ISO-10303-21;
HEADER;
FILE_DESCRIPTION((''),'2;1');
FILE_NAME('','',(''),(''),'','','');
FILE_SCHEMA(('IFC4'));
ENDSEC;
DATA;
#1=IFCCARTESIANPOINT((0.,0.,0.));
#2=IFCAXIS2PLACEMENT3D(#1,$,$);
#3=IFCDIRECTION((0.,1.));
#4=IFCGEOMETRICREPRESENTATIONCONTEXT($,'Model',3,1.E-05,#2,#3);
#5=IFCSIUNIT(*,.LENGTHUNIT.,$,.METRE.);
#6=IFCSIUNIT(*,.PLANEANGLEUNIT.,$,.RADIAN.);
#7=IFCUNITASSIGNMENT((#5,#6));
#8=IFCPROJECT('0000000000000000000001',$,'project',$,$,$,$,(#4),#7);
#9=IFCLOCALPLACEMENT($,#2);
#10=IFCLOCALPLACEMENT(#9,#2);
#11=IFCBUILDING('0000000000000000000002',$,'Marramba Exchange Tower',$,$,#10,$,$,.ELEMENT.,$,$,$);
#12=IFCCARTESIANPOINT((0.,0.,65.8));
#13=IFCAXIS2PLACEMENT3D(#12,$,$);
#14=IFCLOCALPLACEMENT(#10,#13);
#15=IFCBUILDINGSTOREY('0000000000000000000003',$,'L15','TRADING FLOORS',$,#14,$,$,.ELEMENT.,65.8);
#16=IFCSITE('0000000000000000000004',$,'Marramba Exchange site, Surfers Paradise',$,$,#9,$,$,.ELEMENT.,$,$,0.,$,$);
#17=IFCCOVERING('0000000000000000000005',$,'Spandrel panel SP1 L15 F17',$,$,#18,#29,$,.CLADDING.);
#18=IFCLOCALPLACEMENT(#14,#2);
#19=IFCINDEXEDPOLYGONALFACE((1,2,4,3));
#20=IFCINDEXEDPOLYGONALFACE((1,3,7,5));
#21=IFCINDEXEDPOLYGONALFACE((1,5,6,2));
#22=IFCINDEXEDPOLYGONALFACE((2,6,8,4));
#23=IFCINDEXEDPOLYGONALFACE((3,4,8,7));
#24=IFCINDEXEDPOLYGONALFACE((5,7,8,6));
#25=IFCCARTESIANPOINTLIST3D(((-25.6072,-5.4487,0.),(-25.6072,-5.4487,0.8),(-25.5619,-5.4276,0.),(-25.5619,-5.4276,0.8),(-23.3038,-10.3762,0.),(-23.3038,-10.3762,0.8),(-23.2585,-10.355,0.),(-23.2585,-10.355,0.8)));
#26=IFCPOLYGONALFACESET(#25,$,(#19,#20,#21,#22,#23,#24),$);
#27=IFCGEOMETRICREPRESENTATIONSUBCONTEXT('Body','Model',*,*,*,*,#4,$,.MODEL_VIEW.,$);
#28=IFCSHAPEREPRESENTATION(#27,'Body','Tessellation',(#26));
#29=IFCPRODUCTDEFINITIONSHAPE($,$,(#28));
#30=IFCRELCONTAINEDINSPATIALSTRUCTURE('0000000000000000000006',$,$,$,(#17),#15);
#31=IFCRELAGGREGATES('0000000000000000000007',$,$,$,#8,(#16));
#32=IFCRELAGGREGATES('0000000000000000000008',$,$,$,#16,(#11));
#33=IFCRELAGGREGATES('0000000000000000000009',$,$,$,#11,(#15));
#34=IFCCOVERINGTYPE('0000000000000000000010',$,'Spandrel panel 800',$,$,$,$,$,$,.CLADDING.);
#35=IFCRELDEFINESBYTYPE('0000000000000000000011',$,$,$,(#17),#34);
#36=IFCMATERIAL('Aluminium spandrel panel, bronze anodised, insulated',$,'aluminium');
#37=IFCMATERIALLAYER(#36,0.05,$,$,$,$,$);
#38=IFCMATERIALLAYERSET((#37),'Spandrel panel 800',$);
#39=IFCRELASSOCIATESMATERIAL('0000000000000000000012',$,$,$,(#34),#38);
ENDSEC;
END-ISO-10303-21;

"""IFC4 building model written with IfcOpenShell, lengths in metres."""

from ifc_helpers import new_model, si_unit, direction, frame, origin, origin_2d, place, context, subcontext, project, spatial, rectangle, extrude, material, layer, layer_set, type_object, element, save


model = new_model("IFC4")

# Units and contexts
model_context = context("Model", 3, precision=1e-05, world=origin(), true_north=direction((0.0, 1.0)))
body_context = subcontext(model_context, "Body", "Model", "MODEL_VIEW")
ifc_project = project(units=[si_unit("LENGTHUNIT", "METRE"), si_unit("PLANEANGLEUNIT", "RADIAN")], contexts=[model_context])

# Site, building, storey
site_placement = place(None, origin())
site = spatial("IfcSite", under=ifc_project, at=site_placement, Name="Marramba Exchange site, Surfers Paradise", CompositionType="ELEMENT", RefElevation=0.0)
building_placement = place(site_placement, origin())
building = spatial("IfcBuilding", under=site, at=building_placement, Name="Marramba Exchange Tower", CompositionType="ELEMENT")
storey_placement = place(building_placement, frame((0.0, 0.0, 65.8)))
storey = spatial("IfcBuildingStorey", under=building, at=storey_placement, Name="L15", Description="TRADING FLOORS", CompositionType="ELEMENT", Elevation=65.8)

# Covering
ifc_material_1 = material(Name="Aluminium spandrel panel, bronze anodised, insulated", Category="aluminium")
ifc_layer_1 = layer(ifc_material_1, 0.05)
ifc_layer_set_1 = layer_set([ifc_layer_1], Name="Spandrel panel 800")
covering_type = type_object("IfcCoveringType", Name="Spandrel panel 800", PredefinedType="CLADDING", material=ifc_layer_set_1)
covering_1_placement = place(storey_placement, frame((-24.4329, -7.9019, 0.0), z_axis=(0.0, 0.0, 1.0), x_axis=(0.423477, -0.905907, 0.0)))
element("IfcCovering", 1, at=covering_1_placement, inside=storey, type_object=covering_type, Name="Spandrel panel SP1 L15 F17", PredefinedType="CLADDING", context=body_context, shape_type="SweptSolid", body=[
    extrude(rectangle(XDim=5.4392, YDim=0.05, at=origin_2d()), origin(), (0.0, 0.0, 1.0), 0.8),
])

save(model, "model.ifc")
